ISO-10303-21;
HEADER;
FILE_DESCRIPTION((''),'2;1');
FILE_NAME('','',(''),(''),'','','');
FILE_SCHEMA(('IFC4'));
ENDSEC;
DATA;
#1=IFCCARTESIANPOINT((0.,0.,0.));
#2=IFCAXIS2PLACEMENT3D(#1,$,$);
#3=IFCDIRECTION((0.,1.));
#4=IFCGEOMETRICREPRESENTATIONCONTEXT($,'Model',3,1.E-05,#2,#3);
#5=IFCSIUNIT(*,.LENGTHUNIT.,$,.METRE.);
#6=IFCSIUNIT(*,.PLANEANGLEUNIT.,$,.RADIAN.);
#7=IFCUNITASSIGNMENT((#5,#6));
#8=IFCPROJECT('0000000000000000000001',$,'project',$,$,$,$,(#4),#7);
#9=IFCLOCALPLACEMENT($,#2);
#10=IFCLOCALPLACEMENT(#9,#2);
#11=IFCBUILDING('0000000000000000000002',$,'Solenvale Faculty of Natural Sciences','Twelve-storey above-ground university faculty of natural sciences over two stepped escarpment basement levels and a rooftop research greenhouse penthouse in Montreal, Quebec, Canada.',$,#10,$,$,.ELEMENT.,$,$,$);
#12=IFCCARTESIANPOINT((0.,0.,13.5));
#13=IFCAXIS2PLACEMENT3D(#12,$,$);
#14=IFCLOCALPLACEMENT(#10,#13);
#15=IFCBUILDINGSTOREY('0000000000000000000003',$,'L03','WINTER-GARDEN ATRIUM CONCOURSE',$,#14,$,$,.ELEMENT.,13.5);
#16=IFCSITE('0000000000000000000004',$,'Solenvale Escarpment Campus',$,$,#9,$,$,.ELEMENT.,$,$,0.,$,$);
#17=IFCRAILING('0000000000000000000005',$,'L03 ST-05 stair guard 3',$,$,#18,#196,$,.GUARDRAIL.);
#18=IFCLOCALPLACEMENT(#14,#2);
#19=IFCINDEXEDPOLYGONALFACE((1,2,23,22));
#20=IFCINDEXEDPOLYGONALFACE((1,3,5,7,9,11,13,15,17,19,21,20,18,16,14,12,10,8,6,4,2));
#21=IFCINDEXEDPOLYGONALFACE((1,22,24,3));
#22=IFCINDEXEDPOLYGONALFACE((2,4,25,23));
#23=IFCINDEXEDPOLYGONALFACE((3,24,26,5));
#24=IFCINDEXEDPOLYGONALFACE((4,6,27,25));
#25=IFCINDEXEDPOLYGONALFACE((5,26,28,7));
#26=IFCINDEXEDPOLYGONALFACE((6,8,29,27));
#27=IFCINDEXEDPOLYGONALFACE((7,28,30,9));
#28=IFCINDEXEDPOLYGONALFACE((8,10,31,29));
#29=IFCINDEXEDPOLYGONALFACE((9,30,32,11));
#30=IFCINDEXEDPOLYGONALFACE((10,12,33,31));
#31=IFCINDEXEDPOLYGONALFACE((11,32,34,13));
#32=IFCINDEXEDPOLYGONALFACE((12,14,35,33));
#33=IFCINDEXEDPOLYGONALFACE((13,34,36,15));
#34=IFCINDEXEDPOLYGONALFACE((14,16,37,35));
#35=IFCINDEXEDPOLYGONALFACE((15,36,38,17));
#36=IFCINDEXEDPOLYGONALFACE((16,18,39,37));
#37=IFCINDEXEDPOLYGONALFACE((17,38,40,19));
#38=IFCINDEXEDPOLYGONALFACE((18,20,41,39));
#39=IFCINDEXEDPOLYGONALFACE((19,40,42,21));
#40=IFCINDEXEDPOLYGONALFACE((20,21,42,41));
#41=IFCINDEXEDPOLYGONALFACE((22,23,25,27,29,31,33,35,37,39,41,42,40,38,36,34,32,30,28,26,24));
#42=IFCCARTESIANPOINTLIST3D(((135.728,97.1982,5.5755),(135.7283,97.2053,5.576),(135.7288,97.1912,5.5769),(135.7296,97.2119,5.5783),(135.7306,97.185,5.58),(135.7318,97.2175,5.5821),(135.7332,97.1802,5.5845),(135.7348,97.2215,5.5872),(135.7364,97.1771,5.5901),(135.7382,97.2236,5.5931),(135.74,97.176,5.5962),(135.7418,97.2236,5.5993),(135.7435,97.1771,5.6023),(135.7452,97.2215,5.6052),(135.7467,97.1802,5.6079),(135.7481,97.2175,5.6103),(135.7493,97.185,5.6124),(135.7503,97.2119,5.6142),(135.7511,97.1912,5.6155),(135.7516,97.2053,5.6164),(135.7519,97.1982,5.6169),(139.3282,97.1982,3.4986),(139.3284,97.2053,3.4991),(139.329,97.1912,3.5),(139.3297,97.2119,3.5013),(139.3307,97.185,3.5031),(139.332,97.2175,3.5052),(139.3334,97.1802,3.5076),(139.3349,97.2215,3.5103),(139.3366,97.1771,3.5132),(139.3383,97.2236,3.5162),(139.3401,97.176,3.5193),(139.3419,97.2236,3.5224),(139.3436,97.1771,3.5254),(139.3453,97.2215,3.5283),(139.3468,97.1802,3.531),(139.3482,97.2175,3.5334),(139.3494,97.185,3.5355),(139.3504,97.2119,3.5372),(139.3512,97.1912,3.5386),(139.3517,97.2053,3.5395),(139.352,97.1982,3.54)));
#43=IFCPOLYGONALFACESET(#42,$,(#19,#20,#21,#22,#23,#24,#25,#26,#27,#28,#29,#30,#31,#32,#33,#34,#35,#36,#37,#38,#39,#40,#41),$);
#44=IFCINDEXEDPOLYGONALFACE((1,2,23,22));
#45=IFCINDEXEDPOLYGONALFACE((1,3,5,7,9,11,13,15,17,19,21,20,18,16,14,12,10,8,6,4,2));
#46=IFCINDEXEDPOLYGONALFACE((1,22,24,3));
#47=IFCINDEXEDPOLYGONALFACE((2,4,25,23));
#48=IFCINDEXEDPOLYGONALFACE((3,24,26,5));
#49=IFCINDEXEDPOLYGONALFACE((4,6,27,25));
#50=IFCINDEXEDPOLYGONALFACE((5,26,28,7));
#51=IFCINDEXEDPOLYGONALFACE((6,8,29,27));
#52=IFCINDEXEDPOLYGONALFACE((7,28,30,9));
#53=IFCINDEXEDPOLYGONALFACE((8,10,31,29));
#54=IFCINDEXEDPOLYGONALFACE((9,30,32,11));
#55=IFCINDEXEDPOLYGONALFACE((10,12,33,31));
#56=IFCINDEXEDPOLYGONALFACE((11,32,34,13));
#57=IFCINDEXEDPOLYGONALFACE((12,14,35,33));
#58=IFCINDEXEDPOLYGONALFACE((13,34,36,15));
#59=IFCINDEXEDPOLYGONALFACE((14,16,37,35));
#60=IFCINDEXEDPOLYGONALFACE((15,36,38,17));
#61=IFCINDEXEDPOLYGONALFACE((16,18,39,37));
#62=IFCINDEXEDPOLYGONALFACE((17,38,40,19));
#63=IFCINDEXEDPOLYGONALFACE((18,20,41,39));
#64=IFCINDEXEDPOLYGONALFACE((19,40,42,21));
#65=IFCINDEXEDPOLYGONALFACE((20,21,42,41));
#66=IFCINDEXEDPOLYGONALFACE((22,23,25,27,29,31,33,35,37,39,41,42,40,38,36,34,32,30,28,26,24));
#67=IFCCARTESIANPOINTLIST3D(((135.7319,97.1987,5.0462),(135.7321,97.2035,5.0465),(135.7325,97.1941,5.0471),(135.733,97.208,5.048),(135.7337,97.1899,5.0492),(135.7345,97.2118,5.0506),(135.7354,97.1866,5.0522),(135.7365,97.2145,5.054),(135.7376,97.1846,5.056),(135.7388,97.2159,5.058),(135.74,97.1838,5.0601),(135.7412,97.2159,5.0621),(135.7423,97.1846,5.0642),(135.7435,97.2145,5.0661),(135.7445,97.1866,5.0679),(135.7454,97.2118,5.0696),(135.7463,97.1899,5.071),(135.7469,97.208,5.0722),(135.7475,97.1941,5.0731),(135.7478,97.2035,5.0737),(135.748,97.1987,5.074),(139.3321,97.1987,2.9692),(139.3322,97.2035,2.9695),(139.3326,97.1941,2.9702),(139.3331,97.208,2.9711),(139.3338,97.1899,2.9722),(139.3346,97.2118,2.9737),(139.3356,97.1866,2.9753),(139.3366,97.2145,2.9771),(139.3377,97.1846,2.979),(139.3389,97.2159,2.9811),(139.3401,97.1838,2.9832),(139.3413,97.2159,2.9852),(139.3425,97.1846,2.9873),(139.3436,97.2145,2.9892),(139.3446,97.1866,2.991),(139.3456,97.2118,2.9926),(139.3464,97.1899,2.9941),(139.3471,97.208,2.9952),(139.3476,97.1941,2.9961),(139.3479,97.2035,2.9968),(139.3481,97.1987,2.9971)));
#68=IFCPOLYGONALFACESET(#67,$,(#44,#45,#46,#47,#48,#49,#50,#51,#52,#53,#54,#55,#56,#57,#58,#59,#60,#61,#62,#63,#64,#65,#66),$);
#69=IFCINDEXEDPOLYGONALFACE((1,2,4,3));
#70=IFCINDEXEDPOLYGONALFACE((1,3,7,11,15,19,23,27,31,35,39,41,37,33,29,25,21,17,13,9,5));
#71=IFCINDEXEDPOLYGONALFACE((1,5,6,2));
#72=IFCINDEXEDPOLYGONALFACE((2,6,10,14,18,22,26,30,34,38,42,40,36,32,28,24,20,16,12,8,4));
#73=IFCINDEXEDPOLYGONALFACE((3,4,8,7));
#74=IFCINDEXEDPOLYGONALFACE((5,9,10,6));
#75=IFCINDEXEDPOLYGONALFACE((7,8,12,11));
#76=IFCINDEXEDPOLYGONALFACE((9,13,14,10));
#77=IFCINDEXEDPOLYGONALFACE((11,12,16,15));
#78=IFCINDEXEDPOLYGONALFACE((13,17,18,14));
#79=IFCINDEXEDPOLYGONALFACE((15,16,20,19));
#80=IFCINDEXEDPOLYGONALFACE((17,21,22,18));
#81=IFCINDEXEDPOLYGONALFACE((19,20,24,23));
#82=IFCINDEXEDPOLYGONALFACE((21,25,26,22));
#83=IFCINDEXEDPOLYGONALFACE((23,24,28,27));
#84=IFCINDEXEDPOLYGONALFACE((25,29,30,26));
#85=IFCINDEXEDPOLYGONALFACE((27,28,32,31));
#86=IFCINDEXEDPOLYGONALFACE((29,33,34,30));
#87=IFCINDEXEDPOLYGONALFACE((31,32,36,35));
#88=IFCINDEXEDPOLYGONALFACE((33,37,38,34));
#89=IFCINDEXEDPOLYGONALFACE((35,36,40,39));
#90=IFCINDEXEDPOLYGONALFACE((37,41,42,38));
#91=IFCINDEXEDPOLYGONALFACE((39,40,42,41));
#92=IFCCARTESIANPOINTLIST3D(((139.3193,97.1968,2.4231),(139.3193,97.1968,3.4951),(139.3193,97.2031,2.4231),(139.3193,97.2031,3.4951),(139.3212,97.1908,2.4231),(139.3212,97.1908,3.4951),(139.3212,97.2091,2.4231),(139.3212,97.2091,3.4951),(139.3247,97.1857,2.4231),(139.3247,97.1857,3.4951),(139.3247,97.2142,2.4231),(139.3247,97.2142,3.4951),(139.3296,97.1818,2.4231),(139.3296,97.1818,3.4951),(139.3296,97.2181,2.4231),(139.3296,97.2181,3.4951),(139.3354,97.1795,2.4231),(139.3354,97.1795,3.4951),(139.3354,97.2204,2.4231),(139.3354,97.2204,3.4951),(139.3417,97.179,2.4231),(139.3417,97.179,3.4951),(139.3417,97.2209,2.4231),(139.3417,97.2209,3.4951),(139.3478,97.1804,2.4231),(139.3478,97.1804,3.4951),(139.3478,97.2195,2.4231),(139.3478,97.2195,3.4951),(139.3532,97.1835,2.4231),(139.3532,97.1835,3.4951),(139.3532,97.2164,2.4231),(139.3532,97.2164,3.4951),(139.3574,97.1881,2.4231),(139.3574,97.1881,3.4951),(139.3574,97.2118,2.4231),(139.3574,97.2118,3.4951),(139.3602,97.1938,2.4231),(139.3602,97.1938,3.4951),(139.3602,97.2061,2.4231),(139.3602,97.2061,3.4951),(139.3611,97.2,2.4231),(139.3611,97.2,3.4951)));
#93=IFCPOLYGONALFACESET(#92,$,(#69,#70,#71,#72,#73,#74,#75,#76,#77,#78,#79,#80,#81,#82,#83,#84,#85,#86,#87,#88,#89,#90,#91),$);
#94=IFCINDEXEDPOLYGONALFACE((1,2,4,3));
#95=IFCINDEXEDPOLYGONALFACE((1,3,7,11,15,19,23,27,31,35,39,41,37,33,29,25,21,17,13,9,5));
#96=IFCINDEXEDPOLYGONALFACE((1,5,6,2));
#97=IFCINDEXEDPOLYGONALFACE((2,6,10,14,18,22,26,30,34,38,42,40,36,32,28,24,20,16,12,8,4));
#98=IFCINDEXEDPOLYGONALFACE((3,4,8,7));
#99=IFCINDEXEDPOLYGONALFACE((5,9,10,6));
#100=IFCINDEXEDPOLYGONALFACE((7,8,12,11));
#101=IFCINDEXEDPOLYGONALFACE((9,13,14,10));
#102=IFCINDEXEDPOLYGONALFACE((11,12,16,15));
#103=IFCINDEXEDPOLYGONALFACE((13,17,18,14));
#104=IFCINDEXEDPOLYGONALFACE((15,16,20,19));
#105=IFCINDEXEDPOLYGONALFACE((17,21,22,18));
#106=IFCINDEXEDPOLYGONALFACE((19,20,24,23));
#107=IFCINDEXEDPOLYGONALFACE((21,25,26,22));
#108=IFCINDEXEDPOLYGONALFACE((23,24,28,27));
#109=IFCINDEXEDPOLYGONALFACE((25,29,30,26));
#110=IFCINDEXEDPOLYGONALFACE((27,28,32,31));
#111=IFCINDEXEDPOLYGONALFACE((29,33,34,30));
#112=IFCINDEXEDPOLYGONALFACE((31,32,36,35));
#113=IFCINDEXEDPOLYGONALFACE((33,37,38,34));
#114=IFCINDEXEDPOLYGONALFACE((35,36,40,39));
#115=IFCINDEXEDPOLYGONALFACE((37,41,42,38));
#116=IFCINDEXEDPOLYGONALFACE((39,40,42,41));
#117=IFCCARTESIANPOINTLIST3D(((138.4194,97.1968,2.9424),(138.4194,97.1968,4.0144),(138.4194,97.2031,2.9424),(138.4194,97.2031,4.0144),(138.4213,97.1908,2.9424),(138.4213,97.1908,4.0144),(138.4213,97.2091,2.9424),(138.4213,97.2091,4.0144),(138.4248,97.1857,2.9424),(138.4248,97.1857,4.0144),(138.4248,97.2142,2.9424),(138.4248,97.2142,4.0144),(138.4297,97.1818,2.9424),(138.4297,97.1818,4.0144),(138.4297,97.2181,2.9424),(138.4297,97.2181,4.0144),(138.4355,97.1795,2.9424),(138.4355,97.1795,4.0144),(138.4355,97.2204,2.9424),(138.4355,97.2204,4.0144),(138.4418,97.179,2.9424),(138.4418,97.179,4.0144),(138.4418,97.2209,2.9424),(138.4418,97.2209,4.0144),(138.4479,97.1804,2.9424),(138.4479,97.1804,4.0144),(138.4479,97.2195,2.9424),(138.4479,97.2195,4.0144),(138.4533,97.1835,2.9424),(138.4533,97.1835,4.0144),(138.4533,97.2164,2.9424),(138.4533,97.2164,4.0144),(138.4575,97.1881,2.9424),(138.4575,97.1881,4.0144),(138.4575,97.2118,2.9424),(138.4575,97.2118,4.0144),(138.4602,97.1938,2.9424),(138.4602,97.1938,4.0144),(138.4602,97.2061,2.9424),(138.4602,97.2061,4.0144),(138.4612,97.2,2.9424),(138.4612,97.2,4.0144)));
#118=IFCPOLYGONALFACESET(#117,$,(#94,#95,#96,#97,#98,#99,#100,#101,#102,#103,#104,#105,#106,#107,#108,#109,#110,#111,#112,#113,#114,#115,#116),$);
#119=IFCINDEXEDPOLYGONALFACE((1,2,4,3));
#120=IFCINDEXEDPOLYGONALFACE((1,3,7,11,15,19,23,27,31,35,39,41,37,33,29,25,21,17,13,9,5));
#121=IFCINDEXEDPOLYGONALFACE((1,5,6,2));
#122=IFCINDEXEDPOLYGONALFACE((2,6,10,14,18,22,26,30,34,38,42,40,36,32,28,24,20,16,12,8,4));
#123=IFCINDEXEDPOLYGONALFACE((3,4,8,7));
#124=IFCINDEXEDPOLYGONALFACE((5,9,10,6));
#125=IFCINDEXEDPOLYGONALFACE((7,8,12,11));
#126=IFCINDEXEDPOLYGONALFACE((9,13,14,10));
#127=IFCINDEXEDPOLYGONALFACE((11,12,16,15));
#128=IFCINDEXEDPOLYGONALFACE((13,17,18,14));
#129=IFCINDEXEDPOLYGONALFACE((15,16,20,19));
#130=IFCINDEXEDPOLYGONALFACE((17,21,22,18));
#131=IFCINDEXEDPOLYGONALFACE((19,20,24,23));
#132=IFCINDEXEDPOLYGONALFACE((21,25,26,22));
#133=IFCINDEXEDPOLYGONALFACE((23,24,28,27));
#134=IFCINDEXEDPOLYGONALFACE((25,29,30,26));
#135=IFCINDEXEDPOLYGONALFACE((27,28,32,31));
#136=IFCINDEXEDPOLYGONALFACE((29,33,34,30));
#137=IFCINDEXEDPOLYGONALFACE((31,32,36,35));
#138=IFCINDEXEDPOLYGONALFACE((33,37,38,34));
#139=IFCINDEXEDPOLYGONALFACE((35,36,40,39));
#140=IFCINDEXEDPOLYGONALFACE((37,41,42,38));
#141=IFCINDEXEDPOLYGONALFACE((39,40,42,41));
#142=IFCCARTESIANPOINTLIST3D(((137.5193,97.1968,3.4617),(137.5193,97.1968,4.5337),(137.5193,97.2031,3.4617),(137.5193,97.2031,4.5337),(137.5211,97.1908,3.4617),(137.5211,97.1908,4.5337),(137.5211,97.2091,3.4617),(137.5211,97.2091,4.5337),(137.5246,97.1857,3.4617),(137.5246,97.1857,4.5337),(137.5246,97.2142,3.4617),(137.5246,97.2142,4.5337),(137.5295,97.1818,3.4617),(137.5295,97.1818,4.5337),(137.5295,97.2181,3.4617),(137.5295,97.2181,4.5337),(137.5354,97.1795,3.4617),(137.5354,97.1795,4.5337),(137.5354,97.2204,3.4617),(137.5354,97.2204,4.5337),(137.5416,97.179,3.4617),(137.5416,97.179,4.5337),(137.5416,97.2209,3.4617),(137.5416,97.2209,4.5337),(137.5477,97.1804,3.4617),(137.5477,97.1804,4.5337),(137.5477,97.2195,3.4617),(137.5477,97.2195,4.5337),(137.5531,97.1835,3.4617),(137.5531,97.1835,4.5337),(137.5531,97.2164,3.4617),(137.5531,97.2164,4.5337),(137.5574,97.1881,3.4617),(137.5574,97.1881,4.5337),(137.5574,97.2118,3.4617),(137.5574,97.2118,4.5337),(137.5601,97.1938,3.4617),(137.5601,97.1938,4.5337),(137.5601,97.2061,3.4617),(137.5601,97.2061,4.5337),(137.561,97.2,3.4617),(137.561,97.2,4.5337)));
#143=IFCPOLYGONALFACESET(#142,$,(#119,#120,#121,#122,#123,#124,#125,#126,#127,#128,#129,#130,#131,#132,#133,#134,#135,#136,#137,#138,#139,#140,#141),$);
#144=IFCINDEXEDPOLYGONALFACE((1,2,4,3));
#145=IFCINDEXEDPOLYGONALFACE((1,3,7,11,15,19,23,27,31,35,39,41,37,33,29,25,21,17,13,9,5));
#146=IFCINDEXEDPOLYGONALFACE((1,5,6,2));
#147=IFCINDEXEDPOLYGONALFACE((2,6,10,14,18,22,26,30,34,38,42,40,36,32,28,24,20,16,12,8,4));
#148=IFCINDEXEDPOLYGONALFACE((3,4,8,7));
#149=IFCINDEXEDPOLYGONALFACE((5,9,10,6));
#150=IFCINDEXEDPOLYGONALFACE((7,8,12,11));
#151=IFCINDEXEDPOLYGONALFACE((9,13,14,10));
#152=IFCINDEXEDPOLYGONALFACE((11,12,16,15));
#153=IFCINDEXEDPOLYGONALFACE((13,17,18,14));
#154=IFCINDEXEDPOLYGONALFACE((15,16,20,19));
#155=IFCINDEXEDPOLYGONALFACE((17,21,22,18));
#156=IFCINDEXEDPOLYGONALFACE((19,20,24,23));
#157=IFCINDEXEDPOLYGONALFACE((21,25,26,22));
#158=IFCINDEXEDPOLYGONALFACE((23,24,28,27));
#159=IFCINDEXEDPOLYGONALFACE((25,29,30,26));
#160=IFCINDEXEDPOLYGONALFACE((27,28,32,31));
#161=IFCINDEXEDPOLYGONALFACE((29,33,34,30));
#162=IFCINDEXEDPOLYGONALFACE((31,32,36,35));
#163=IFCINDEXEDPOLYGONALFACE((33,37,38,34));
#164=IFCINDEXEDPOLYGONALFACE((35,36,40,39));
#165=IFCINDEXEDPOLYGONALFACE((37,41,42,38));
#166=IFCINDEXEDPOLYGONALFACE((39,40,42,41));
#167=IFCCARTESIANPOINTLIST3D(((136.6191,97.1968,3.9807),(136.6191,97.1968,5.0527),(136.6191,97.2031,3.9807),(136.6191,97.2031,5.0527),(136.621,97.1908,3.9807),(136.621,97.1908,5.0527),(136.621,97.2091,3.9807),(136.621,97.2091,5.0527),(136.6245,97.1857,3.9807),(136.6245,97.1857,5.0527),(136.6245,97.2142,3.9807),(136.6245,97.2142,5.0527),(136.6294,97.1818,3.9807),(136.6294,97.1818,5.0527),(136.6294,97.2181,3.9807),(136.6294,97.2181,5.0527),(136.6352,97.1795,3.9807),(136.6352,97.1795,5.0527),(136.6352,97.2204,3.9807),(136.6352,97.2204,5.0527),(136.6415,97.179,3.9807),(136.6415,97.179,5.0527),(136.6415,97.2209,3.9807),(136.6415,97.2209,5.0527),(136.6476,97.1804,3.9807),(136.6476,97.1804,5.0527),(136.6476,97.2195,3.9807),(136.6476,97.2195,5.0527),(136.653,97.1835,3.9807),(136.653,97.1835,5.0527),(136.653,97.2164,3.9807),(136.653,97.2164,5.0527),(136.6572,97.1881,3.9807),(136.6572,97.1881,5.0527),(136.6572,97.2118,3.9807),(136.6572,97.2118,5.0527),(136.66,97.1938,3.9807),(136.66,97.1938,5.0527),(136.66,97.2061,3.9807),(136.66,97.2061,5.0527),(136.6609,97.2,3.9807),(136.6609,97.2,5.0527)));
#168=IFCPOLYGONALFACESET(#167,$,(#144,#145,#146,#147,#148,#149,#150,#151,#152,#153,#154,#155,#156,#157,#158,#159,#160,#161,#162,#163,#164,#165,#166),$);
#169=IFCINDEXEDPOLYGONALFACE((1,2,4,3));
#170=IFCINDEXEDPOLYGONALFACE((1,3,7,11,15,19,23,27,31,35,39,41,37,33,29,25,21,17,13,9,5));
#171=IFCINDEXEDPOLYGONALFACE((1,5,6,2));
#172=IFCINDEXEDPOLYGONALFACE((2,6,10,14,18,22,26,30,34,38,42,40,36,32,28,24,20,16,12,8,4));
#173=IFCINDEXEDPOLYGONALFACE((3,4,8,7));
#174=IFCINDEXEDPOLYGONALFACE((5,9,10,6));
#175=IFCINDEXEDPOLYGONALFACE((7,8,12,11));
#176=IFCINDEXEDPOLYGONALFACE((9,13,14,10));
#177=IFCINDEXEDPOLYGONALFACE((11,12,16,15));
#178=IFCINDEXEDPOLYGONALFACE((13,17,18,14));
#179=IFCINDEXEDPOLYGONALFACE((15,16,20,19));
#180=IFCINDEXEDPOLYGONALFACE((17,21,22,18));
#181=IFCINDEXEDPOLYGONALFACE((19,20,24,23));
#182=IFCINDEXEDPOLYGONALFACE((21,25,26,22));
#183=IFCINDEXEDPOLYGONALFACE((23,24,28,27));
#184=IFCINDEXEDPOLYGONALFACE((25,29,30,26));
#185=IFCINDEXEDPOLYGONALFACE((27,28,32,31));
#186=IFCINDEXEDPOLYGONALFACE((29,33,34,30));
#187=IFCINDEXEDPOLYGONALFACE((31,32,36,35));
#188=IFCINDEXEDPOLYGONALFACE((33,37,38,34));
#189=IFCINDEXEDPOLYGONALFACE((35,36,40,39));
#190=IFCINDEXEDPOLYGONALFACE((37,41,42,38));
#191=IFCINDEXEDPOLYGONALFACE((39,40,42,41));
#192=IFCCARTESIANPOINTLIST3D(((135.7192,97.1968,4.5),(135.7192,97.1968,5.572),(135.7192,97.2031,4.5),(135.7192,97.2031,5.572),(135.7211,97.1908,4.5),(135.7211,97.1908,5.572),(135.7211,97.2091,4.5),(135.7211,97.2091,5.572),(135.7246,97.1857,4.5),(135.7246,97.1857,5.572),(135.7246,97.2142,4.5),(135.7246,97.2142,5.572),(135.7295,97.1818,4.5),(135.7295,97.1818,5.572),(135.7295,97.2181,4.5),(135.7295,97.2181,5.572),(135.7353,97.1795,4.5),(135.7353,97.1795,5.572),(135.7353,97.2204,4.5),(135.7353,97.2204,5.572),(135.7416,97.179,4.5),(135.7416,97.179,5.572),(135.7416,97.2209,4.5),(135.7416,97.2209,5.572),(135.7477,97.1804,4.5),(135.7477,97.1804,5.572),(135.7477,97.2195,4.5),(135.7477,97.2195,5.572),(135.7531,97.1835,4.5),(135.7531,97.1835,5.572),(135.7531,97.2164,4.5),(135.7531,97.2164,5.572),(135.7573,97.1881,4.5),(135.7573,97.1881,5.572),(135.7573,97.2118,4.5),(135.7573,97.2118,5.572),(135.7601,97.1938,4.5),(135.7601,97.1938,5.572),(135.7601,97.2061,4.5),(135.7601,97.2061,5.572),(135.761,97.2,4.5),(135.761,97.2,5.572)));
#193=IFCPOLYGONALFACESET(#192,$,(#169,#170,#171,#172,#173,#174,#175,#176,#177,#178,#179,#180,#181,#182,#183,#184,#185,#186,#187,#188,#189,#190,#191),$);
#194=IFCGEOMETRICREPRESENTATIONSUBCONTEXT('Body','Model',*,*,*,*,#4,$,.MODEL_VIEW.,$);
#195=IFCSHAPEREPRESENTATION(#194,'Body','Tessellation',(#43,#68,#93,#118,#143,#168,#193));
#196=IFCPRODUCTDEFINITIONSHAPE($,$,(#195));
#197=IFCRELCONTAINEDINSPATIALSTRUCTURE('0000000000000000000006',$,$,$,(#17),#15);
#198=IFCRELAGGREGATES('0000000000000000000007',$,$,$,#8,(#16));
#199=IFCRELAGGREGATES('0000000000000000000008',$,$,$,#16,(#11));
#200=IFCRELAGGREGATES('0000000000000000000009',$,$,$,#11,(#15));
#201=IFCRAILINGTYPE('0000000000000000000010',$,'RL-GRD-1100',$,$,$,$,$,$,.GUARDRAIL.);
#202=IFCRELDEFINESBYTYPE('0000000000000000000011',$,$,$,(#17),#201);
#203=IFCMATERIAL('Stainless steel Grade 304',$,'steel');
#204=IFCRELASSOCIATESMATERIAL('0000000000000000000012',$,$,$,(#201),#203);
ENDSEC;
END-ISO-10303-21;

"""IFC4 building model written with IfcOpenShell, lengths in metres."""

from ifc_helpers import new_model, si_unit, direction, frame, origin, origin_2d, place, context, subcontext, project, spatial, circle, extrude, material, type_object, element, save


model = new_model("IFC4")

# Units and contexts
model_context = context("Model", 3, precision=1e-05, world=origin(), true_north=direction((0.0, 1.0)))
body_context = subcontext(model_context, "Body", "Model", "MODEL_VIEW")
ifc_project = project(units=[si_unit("LENGTHUNIT", "METRE"), si_unit("PLANEANGLEUNIT", "RADIAN")], contexts=[model_context])

# Site, building, storey
site_placement = place(None, origin())
site = spatial("IfcSite", under=ifc_project, at=site_placement, Name="Solenvale Escarpment Campus", CompositionType="ELEMENT", RefElevation=0.0)
building_placement = place(site_placement, origin())
building = spatial("IfcBuilding", under=site, at=building_placement, Name="Solenvale Faculty of Natural Sciences", Description="Twelve-storey above-ground university faculty of natural sciences over two stepped escarpment basement levels and a rooftop research greenhouse penthouse in Montreal, Quebec, Canada.", CompositionType="ELEMENT")
storey_placement = place(building_placement, frame((0.0, 0.0, 13.5)))
storey = spatial("IfcBuildingStorey", under=building, at=storey_placement, Name="L03", Description="WINTER-GARDEN ATRIUM CONCOURSE", CompositionType="ELEMENT", Elevation=13.5)

# Shared definitions
ifc_material_1 = material(Name="Stainless steel Grade 304", Category="steel")

# Railing
railing_type_1 = type_object("IfcRailingType", Name="RL-GRD-1100", PredefinedType="GUARDRAIL", material=ifc_material_1)
railing_1_placement = place(storey_placement, frame((139.3401, 97.2, 2.4231)))
element("IfcRailing", 1, at=railing_1_placement, inside=storey, type_object=railing_type_1, Name="L03 ST-05 stair guard 3", PredefinedType="GUARDRAIL", context=body_context, shape_type="SweptSolid", body=[
    extrude(circle(Radius=0.0239, at=origin_2d()), frame((0.0, 0.0, 1.0962), z_axis=(-0.866193, 0.0, 0.499709), x_axis=(0.0, -1.0, 0.0)), (0.0, 0.0, 1.0), 4.1562),
    extrude(circle(Radius=0.0161, at=origin_2d()), frame((0.0, 0.0, 0.5601), z_axis=(-0.866193, 0.0, 0.499709), x_axis=(0.0, -1.0, 0.0)), (0.0, 0.0, 1.0), 4.1562),
    extrude(circle(Radius=0.021, at=origin_2d()), origin(), (0.0, 0.0, 1.0), 1.072),
    extrude(circle(Radius=0.021, at=origin_2d()), frame((-0.8999, 0.0, 0.5193)), (0.0, 0.0, 1.0), 1.072),
    extrude(circle(Radius=0.021, at=origin_2d()), frame((-1.8, 0.0, 1.0386)), (0.0, 0.0, 1.0), 1.072),
    extrude(circle(Radius=0.021, at=origin_2d()), frame((-2.7002, 0.0, 1.5576)), (0.0, 0.0, 1.0), 1.072),
    extrude(circle(Radius=0.021, at=origin_2d()), frame((-3.6001, 0.0, 2.0769)), (0.0, 0.0, 1.0), 1.072),
])

save(model, "model.ifc")
